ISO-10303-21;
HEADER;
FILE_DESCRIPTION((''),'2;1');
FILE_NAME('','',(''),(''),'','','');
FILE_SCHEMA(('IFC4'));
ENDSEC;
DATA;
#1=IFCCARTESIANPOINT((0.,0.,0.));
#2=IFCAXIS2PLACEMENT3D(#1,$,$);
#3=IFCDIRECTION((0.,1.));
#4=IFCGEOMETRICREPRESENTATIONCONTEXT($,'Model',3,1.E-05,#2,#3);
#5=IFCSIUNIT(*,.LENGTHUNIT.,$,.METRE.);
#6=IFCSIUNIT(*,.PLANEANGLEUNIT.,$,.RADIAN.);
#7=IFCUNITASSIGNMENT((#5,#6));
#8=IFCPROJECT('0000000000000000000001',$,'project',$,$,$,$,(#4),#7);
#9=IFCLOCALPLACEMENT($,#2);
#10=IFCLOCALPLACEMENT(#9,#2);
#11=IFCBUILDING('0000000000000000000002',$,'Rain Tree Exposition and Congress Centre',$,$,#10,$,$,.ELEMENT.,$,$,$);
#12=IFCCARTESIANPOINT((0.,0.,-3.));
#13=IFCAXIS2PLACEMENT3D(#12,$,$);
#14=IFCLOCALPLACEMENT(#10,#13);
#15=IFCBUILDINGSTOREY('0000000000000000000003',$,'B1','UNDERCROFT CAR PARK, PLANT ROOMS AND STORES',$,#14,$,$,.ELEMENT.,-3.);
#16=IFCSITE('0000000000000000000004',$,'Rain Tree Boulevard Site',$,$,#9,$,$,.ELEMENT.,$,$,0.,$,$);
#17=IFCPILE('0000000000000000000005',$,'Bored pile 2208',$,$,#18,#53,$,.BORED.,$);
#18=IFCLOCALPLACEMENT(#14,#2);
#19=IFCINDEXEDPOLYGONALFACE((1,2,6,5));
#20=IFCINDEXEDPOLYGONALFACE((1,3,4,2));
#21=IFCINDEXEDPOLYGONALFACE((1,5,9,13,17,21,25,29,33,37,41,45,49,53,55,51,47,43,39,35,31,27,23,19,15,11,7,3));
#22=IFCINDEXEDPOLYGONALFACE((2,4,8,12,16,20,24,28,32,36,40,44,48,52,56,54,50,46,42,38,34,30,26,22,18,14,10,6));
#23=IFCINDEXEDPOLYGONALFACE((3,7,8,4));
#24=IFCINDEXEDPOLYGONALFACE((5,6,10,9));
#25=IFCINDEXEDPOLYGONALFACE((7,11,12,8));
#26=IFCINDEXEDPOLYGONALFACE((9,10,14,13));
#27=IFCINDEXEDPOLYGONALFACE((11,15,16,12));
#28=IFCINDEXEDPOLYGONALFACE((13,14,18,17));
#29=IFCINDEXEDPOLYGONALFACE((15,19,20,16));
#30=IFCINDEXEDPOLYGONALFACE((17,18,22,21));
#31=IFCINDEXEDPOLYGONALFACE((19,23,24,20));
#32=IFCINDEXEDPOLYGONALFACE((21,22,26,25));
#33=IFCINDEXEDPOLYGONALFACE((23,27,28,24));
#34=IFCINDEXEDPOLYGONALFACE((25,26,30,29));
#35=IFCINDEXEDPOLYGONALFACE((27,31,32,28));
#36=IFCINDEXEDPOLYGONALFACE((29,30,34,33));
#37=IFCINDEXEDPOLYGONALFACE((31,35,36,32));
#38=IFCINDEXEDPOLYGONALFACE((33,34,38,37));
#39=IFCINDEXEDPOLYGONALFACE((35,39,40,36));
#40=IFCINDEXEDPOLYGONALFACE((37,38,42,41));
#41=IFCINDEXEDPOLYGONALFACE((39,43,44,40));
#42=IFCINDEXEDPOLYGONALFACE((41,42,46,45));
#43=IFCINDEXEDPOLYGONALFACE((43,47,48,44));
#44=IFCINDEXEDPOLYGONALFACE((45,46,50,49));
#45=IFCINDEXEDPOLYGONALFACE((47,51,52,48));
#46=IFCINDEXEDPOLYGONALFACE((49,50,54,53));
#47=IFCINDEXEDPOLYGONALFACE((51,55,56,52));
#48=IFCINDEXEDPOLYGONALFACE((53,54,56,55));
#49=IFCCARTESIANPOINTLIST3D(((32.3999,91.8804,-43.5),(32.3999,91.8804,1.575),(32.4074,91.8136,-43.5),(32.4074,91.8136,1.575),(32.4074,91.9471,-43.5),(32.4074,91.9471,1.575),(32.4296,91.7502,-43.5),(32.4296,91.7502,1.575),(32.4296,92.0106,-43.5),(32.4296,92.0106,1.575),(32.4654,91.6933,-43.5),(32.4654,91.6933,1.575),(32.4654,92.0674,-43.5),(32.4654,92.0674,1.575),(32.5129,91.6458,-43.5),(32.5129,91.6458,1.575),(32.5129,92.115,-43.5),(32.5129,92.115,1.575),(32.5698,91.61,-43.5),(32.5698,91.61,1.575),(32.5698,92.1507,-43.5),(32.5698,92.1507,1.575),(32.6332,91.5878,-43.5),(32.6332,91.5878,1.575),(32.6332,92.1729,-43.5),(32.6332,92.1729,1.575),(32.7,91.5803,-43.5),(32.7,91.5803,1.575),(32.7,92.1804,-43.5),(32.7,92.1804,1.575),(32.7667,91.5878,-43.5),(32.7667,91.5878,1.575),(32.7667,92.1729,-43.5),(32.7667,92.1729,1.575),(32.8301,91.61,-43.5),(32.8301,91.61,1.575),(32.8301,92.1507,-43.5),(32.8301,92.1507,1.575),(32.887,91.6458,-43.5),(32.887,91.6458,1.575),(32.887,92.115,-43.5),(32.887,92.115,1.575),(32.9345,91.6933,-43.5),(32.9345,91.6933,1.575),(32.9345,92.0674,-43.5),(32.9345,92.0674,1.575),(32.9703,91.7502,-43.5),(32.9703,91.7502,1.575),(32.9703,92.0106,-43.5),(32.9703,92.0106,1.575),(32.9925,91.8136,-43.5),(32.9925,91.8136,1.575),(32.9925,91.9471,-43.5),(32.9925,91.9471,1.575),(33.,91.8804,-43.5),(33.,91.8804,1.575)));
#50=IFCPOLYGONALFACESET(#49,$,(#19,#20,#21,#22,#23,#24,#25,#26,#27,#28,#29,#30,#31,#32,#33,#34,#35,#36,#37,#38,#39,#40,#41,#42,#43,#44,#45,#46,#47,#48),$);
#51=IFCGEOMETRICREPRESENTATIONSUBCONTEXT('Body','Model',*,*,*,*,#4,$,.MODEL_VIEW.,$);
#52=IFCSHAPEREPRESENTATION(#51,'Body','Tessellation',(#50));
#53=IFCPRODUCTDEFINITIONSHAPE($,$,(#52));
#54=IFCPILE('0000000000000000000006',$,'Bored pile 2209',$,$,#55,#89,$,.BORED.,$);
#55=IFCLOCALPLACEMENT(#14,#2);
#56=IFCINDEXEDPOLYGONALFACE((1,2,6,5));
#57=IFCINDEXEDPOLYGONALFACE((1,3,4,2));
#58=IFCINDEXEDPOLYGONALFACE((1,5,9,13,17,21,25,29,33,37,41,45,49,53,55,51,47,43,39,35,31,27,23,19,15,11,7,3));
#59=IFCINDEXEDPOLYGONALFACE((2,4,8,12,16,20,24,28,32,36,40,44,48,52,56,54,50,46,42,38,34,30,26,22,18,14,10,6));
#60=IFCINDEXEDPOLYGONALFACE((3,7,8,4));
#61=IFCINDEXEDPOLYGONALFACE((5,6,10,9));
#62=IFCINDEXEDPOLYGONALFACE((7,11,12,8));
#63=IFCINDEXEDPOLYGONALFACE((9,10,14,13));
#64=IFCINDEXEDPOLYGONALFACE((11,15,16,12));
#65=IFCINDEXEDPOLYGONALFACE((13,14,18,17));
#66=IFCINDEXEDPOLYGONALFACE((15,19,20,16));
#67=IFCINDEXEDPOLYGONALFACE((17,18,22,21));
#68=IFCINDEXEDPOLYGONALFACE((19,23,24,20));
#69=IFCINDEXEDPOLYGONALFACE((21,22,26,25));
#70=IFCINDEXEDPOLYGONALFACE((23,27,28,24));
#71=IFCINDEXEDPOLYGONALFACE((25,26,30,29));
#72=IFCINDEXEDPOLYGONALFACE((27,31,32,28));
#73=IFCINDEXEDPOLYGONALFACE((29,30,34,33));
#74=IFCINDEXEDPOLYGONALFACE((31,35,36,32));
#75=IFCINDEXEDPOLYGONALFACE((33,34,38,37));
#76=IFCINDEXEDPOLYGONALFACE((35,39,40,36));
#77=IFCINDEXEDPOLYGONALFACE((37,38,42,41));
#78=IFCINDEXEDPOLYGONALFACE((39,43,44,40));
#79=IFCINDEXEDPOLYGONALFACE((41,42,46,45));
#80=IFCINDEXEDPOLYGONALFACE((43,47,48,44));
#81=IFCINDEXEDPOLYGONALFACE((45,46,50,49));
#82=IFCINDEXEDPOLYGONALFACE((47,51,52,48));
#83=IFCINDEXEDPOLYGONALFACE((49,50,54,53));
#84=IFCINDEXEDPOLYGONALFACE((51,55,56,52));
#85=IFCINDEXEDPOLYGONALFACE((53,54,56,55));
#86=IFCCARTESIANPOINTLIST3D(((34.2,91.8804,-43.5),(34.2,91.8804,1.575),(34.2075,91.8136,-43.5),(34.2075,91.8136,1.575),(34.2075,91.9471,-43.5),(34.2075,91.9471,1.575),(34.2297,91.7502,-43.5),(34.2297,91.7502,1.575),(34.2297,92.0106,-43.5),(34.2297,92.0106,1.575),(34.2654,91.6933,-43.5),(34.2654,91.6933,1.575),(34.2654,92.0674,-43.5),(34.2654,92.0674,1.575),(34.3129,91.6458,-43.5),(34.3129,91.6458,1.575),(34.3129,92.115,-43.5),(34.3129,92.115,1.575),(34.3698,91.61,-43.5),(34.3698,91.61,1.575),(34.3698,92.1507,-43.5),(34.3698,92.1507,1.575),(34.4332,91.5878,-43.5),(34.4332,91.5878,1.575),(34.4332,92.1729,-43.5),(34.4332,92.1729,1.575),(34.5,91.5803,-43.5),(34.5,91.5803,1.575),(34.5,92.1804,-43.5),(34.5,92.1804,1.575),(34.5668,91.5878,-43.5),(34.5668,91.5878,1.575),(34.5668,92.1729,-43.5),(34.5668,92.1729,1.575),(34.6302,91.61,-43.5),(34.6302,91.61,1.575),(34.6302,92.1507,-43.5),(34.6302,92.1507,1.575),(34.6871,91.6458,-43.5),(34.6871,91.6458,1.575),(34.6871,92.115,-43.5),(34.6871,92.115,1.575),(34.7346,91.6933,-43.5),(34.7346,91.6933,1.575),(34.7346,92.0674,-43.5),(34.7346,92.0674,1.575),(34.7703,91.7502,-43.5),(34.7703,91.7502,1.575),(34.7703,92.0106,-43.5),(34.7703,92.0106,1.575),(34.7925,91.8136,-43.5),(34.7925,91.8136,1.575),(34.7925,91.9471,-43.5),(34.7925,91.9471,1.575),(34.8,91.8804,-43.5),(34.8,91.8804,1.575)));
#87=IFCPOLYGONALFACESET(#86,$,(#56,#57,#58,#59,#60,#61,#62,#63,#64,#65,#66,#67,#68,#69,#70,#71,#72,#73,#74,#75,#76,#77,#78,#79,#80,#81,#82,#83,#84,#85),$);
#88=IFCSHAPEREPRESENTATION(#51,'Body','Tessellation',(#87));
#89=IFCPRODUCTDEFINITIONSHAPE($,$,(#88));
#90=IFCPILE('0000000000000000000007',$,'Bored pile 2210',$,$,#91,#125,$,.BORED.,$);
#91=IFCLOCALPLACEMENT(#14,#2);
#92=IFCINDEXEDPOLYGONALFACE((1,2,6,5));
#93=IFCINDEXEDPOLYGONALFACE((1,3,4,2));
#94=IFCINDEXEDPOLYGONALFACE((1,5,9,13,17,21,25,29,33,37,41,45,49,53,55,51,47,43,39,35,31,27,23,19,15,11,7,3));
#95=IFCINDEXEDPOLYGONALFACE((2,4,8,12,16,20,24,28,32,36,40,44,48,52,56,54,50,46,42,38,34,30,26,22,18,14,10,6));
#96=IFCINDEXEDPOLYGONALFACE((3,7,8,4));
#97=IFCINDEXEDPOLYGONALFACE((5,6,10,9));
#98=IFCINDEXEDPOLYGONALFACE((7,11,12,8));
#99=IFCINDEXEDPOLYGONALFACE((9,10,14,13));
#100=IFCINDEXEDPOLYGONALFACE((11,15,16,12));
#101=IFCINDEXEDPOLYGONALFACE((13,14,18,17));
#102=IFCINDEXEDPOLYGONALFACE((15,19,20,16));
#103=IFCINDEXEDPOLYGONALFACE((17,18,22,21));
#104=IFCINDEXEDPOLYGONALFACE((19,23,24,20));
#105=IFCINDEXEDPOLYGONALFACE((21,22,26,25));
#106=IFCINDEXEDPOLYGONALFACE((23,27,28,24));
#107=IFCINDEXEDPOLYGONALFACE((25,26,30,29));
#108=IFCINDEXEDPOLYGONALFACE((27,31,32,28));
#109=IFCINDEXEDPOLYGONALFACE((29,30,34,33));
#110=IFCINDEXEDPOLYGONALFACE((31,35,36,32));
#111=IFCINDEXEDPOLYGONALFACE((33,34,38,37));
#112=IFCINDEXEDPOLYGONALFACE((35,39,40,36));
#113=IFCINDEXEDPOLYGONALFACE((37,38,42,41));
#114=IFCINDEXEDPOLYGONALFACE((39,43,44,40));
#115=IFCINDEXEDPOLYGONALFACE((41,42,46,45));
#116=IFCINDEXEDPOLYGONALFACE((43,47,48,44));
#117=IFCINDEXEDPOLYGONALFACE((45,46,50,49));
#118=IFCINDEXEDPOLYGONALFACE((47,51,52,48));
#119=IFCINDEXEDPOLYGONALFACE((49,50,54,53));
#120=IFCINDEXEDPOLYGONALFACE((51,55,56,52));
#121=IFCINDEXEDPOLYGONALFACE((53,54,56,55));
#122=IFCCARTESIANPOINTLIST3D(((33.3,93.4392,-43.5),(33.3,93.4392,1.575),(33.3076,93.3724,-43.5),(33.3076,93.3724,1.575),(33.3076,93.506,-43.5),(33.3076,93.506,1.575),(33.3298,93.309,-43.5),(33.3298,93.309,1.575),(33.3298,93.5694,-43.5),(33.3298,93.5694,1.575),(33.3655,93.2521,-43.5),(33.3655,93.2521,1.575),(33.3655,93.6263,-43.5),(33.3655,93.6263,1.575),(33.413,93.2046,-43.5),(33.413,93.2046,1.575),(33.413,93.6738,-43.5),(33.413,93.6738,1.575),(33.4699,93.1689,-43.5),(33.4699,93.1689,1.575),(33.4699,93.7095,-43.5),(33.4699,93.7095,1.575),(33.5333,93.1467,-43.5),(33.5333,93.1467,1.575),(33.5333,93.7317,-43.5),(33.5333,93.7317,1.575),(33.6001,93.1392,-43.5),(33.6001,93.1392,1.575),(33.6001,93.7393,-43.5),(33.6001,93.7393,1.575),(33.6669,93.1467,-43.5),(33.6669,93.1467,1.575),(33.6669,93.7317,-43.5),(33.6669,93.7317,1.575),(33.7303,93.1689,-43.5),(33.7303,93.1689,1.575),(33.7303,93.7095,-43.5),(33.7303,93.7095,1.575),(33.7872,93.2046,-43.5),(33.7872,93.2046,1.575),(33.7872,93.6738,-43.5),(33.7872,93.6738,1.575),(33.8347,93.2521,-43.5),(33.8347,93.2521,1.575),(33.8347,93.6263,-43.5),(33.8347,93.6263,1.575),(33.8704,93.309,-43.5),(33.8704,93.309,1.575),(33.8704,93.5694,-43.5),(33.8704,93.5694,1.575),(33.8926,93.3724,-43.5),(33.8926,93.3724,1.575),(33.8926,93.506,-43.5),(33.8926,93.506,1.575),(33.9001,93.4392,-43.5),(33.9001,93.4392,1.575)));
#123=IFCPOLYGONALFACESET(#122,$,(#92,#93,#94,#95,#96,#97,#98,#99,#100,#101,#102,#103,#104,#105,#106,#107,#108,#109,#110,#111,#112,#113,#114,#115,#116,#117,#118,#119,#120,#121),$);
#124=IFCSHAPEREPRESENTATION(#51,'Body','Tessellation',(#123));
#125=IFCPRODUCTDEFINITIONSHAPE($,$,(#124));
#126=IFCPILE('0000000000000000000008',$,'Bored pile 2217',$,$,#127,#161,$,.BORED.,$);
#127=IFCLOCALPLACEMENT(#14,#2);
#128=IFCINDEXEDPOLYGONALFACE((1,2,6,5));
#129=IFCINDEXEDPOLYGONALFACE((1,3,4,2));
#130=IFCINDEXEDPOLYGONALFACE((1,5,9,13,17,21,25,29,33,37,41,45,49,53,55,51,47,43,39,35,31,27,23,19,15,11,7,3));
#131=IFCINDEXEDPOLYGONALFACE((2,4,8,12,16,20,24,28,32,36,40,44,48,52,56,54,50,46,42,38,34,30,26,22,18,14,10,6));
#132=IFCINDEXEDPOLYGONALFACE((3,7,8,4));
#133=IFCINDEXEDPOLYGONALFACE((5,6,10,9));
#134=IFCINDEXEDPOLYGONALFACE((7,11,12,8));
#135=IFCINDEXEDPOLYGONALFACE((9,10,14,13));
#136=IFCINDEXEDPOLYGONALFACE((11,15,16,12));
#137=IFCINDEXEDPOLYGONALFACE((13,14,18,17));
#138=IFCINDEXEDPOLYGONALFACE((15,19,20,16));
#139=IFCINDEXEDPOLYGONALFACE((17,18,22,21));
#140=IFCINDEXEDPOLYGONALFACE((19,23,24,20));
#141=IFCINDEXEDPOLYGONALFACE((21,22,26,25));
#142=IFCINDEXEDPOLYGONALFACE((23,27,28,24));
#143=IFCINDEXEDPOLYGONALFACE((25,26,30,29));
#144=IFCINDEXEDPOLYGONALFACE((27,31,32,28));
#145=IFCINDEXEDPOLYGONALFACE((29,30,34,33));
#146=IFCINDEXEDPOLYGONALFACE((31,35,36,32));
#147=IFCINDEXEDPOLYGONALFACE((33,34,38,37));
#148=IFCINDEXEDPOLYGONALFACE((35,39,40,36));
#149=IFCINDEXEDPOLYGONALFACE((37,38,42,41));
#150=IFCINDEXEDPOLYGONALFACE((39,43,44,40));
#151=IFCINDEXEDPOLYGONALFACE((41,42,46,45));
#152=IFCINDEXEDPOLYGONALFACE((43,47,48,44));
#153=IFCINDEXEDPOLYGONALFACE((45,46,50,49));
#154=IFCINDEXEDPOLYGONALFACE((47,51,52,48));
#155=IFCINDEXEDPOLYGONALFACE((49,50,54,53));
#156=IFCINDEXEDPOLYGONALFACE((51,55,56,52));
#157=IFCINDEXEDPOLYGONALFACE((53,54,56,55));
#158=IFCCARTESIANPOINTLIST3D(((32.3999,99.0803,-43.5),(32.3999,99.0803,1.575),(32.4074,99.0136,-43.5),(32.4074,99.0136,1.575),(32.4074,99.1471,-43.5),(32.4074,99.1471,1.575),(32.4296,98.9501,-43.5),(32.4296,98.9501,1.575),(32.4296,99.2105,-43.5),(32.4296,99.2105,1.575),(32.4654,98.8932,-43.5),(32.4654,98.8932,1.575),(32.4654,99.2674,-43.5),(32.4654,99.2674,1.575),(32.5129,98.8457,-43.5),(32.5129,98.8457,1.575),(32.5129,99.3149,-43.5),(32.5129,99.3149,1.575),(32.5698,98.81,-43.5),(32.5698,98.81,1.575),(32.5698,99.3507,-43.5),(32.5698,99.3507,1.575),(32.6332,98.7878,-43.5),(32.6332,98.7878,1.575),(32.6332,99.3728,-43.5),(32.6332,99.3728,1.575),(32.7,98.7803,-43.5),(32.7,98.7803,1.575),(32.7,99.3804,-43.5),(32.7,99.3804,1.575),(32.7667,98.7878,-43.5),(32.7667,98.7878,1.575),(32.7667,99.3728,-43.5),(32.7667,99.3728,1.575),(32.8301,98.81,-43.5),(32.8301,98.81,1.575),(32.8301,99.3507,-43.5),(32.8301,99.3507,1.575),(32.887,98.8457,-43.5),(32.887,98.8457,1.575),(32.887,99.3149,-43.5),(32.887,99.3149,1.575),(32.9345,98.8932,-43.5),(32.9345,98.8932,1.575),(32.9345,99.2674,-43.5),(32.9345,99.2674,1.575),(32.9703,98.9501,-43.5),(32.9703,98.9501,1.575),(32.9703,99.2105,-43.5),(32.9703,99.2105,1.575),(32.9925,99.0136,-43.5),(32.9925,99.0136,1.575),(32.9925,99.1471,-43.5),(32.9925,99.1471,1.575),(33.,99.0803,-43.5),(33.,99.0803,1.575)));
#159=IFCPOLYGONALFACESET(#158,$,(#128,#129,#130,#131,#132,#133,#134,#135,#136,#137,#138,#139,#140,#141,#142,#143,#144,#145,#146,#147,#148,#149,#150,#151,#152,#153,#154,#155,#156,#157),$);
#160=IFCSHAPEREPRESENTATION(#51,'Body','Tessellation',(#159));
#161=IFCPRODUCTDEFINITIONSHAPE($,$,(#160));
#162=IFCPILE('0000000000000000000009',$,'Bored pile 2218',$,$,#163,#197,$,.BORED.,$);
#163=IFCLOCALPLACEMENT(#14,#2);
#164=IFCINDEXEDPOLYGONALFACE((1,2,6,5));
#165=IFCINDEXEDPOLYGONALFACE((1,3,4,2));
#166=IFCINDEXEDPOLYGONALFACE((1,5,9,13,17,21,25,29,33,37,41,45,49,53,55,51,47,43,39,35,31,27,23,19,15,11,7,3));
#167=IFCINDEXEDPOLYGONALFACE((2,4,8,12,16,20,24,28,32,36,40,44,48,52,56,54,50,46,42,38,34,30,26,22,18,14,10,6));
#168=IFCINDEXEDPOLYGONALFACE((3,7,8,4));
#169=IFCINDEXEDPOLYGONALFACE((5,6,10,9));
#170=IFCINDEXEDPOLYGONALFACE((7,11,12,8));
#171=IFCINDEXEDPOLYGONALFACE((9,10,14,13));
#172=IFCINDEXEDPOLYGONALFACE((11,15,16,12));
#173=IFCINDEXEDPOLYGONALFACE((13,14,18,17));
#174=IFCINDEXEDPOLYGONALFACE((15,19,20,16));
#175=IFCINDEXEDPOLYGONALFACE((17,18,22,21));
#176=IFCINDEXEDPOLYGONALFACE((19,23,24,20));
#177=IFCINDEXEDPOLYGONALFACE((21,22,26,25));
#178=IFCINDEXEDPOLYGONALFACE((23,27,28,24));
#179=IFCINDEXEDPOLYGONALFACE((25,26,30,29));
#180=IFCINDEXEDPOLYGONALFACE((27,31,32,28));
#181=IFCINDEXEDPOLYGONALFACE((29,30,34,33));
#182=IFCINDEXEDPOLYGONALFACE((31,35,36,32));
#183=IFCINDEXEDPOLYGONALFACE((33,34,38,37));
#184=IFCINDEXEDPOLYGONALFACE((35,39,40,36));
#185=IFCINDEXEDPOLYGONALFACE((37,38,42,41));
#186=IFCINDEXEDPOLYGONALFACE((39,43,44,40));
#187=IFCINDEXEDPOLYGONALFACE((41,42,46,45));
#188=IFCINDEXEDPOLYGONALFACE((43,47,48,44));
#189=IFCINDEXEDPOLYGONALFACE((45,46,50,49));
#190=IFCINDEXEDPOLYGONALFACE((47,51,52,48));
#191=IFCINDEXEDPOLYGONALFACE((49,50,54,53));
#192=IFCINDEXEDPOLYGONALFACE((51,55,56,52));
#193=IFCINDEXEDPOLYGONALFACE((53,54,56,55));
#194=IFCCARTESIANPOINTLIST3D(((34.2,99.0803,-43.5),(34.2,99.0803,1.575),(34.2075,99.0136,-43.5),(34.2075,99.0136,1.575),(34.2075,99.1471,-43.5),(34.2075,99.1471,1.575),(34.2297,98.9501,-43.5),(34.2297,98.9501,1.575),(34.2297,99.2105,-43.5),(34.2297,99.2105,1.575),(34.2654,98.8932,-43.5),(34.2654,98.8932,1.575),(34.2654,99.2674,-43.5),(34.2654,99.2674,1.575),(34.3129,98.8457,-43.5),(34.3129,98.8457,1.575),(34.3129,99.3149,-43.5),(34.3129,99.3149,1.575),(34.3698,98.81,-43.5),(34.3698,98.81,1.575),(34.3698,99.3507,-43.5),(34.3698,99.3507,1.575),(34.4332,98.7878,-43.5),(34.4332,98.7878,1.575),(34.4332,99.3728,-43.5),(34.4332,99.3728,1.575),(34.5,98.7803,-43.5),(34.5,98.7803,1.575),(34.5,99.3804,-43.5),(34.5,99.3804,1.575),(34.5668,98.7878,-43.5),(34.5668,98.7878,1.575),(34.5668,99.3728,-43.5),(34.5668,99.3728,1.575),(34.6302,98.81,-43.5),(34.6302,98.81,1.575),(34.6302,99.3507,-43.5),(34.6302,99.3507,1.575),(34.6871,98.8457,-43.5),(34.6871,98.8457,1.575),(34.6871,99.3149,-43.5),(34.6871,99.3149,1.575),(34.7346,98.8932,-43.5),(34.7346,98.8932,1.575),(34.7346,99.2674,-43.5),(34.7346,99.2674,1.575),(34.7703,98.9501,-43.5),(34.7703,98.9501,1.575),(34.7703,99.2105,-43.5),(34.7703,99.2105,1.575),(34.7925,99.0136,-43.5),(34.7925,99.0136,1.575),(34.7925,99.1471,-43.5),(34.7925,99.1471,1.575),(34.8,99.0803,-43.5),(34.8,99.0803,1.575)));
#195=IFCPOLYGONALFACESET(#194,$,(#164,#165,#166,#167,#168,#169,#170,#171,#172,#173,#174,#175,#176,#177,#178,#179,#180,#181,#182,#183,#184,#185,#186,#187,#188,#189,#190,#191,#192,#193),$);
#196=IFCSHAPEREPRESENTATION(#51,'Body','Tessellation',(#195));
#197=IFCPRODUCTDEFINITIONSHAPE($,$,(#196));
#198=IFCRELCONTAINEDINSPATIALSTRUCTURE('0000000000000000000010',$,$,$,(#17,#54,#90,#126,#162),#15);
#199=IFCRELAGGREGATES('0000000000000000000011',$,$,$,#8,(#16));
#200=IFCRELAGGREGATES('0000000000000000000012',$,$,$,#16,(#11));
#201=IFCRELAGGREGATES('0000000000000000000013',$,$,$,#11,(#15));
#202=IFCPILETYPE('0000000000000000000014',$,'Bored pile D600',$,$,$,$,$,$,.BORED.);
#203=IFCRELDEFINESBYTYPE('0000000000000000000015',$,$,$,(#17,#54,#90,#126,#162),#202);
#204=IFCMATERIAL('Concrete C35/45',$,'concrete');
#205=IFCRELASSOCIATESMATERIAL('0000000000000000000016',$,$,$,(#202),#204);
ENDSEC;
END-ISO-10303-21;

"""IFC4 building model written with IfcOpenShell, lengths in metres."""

from ifc_helpers import new_model, si_unit, direction, frame, origin, origin_2d, place, context, subcontext, project, spatial, circle, extrude, material, material_profile, profile_set, type_object, element, save


model = new_model("IFC4")

# Units and contexts
model_context = context("Model", 3, precision=1e-05, world=origin(), true_north=direction((0.0, 1.0)))
body_context = subcontext(model_context, "Body", "Model", "MODEL_VIEW")
ifc_project = project(units=[si_unit("LENGTHUNIT", "METRE"), si_unit("PLANEANGLEUNIT", "RADIAN")], contexts=[model_context])

# Site, building, storey
site_placement = place(None, origin())
site = spatial("IfcSite", under=ifc_project, at=site_placement, Name="Rain Tree Boulevard Site", CompositionType="ELEMENT", RefElevation=0.0)
building_placement = place(site_placement, origin())
building = spatial("IfcBuilding", under=site, at=building_placement, Name="Rain Tree Exposition and Congress Centre", CompositionType="ELEMENT")
storey_placement = place(building_placement, frame((0.0, 0.0, -3.0)))
storey = spatial("IfcBuildingStorey", under=building, at=storey_placement, Name="B1", Description="UNDERCROFT CAR PARK, PLANT ROOMS AND STORES", CompositionType="ELEMENT", Elevation=-3.0)

# Piles
ifc_material_1 = material(Name="Concrete C35/45", Category="concrete")
ifc_material_profile_1 = material_profile(ifc_material_1, circle(Radius=0.3, at=origin_2d()), Name="D600")
ifc_profile_set_1 = profile_set([ifc_material_profile_1], Name="Concrete C35/45")
pile_type_1 = type_object("IfcPileType", Name="Bored pile D600", PredefinedType="BORED", material=ifc_profile_set_1)
for number, where, z_axis, x_axis, name in (
    (1, (32.7, 91.8804, 1.575), (0.0, 0.0, -1.0), (1.0, 0.0, 0.0), "Bored pile 2208"),
    (2, (34.5, 91.8804, 1.575), (0.0, 0.0, -1.0), (1.0, 0.0, 0.0), "Bored pile 2209"),
    (3, (33.6001, 93.4392, 1.575), (0.0, 0.0, -1.0), (1.0, 0.0, 0.0), "Bored pile 2210"),
    (4, (32.7, 99.0803, 1.575), (0.0, 0.0, -1.0), (1.0, 0.0, 0.0), "Bored pile 2217"),
    (5, (34.5, 99.0803, 1.575), (0.0, 0.0, -1.0), (1.0, 0.0, 0.0), "Bored pile 2218"),
):
    element("IfcPile", number, at=place(storey_placement, frame(where, z_axis=z_axis, x_axis=x_axis)), inside=storey, type_object=pile_type_1, Name=name, PredefinedType="BORED", context=body_context, shape_type="SweptSolid", body=[
        extrude(circle(Radius=0.3, at=origin_2d()), origin(), (0.0, 0.0, 1.0), 45.075),
    ])

save(model, "model.ifc")
